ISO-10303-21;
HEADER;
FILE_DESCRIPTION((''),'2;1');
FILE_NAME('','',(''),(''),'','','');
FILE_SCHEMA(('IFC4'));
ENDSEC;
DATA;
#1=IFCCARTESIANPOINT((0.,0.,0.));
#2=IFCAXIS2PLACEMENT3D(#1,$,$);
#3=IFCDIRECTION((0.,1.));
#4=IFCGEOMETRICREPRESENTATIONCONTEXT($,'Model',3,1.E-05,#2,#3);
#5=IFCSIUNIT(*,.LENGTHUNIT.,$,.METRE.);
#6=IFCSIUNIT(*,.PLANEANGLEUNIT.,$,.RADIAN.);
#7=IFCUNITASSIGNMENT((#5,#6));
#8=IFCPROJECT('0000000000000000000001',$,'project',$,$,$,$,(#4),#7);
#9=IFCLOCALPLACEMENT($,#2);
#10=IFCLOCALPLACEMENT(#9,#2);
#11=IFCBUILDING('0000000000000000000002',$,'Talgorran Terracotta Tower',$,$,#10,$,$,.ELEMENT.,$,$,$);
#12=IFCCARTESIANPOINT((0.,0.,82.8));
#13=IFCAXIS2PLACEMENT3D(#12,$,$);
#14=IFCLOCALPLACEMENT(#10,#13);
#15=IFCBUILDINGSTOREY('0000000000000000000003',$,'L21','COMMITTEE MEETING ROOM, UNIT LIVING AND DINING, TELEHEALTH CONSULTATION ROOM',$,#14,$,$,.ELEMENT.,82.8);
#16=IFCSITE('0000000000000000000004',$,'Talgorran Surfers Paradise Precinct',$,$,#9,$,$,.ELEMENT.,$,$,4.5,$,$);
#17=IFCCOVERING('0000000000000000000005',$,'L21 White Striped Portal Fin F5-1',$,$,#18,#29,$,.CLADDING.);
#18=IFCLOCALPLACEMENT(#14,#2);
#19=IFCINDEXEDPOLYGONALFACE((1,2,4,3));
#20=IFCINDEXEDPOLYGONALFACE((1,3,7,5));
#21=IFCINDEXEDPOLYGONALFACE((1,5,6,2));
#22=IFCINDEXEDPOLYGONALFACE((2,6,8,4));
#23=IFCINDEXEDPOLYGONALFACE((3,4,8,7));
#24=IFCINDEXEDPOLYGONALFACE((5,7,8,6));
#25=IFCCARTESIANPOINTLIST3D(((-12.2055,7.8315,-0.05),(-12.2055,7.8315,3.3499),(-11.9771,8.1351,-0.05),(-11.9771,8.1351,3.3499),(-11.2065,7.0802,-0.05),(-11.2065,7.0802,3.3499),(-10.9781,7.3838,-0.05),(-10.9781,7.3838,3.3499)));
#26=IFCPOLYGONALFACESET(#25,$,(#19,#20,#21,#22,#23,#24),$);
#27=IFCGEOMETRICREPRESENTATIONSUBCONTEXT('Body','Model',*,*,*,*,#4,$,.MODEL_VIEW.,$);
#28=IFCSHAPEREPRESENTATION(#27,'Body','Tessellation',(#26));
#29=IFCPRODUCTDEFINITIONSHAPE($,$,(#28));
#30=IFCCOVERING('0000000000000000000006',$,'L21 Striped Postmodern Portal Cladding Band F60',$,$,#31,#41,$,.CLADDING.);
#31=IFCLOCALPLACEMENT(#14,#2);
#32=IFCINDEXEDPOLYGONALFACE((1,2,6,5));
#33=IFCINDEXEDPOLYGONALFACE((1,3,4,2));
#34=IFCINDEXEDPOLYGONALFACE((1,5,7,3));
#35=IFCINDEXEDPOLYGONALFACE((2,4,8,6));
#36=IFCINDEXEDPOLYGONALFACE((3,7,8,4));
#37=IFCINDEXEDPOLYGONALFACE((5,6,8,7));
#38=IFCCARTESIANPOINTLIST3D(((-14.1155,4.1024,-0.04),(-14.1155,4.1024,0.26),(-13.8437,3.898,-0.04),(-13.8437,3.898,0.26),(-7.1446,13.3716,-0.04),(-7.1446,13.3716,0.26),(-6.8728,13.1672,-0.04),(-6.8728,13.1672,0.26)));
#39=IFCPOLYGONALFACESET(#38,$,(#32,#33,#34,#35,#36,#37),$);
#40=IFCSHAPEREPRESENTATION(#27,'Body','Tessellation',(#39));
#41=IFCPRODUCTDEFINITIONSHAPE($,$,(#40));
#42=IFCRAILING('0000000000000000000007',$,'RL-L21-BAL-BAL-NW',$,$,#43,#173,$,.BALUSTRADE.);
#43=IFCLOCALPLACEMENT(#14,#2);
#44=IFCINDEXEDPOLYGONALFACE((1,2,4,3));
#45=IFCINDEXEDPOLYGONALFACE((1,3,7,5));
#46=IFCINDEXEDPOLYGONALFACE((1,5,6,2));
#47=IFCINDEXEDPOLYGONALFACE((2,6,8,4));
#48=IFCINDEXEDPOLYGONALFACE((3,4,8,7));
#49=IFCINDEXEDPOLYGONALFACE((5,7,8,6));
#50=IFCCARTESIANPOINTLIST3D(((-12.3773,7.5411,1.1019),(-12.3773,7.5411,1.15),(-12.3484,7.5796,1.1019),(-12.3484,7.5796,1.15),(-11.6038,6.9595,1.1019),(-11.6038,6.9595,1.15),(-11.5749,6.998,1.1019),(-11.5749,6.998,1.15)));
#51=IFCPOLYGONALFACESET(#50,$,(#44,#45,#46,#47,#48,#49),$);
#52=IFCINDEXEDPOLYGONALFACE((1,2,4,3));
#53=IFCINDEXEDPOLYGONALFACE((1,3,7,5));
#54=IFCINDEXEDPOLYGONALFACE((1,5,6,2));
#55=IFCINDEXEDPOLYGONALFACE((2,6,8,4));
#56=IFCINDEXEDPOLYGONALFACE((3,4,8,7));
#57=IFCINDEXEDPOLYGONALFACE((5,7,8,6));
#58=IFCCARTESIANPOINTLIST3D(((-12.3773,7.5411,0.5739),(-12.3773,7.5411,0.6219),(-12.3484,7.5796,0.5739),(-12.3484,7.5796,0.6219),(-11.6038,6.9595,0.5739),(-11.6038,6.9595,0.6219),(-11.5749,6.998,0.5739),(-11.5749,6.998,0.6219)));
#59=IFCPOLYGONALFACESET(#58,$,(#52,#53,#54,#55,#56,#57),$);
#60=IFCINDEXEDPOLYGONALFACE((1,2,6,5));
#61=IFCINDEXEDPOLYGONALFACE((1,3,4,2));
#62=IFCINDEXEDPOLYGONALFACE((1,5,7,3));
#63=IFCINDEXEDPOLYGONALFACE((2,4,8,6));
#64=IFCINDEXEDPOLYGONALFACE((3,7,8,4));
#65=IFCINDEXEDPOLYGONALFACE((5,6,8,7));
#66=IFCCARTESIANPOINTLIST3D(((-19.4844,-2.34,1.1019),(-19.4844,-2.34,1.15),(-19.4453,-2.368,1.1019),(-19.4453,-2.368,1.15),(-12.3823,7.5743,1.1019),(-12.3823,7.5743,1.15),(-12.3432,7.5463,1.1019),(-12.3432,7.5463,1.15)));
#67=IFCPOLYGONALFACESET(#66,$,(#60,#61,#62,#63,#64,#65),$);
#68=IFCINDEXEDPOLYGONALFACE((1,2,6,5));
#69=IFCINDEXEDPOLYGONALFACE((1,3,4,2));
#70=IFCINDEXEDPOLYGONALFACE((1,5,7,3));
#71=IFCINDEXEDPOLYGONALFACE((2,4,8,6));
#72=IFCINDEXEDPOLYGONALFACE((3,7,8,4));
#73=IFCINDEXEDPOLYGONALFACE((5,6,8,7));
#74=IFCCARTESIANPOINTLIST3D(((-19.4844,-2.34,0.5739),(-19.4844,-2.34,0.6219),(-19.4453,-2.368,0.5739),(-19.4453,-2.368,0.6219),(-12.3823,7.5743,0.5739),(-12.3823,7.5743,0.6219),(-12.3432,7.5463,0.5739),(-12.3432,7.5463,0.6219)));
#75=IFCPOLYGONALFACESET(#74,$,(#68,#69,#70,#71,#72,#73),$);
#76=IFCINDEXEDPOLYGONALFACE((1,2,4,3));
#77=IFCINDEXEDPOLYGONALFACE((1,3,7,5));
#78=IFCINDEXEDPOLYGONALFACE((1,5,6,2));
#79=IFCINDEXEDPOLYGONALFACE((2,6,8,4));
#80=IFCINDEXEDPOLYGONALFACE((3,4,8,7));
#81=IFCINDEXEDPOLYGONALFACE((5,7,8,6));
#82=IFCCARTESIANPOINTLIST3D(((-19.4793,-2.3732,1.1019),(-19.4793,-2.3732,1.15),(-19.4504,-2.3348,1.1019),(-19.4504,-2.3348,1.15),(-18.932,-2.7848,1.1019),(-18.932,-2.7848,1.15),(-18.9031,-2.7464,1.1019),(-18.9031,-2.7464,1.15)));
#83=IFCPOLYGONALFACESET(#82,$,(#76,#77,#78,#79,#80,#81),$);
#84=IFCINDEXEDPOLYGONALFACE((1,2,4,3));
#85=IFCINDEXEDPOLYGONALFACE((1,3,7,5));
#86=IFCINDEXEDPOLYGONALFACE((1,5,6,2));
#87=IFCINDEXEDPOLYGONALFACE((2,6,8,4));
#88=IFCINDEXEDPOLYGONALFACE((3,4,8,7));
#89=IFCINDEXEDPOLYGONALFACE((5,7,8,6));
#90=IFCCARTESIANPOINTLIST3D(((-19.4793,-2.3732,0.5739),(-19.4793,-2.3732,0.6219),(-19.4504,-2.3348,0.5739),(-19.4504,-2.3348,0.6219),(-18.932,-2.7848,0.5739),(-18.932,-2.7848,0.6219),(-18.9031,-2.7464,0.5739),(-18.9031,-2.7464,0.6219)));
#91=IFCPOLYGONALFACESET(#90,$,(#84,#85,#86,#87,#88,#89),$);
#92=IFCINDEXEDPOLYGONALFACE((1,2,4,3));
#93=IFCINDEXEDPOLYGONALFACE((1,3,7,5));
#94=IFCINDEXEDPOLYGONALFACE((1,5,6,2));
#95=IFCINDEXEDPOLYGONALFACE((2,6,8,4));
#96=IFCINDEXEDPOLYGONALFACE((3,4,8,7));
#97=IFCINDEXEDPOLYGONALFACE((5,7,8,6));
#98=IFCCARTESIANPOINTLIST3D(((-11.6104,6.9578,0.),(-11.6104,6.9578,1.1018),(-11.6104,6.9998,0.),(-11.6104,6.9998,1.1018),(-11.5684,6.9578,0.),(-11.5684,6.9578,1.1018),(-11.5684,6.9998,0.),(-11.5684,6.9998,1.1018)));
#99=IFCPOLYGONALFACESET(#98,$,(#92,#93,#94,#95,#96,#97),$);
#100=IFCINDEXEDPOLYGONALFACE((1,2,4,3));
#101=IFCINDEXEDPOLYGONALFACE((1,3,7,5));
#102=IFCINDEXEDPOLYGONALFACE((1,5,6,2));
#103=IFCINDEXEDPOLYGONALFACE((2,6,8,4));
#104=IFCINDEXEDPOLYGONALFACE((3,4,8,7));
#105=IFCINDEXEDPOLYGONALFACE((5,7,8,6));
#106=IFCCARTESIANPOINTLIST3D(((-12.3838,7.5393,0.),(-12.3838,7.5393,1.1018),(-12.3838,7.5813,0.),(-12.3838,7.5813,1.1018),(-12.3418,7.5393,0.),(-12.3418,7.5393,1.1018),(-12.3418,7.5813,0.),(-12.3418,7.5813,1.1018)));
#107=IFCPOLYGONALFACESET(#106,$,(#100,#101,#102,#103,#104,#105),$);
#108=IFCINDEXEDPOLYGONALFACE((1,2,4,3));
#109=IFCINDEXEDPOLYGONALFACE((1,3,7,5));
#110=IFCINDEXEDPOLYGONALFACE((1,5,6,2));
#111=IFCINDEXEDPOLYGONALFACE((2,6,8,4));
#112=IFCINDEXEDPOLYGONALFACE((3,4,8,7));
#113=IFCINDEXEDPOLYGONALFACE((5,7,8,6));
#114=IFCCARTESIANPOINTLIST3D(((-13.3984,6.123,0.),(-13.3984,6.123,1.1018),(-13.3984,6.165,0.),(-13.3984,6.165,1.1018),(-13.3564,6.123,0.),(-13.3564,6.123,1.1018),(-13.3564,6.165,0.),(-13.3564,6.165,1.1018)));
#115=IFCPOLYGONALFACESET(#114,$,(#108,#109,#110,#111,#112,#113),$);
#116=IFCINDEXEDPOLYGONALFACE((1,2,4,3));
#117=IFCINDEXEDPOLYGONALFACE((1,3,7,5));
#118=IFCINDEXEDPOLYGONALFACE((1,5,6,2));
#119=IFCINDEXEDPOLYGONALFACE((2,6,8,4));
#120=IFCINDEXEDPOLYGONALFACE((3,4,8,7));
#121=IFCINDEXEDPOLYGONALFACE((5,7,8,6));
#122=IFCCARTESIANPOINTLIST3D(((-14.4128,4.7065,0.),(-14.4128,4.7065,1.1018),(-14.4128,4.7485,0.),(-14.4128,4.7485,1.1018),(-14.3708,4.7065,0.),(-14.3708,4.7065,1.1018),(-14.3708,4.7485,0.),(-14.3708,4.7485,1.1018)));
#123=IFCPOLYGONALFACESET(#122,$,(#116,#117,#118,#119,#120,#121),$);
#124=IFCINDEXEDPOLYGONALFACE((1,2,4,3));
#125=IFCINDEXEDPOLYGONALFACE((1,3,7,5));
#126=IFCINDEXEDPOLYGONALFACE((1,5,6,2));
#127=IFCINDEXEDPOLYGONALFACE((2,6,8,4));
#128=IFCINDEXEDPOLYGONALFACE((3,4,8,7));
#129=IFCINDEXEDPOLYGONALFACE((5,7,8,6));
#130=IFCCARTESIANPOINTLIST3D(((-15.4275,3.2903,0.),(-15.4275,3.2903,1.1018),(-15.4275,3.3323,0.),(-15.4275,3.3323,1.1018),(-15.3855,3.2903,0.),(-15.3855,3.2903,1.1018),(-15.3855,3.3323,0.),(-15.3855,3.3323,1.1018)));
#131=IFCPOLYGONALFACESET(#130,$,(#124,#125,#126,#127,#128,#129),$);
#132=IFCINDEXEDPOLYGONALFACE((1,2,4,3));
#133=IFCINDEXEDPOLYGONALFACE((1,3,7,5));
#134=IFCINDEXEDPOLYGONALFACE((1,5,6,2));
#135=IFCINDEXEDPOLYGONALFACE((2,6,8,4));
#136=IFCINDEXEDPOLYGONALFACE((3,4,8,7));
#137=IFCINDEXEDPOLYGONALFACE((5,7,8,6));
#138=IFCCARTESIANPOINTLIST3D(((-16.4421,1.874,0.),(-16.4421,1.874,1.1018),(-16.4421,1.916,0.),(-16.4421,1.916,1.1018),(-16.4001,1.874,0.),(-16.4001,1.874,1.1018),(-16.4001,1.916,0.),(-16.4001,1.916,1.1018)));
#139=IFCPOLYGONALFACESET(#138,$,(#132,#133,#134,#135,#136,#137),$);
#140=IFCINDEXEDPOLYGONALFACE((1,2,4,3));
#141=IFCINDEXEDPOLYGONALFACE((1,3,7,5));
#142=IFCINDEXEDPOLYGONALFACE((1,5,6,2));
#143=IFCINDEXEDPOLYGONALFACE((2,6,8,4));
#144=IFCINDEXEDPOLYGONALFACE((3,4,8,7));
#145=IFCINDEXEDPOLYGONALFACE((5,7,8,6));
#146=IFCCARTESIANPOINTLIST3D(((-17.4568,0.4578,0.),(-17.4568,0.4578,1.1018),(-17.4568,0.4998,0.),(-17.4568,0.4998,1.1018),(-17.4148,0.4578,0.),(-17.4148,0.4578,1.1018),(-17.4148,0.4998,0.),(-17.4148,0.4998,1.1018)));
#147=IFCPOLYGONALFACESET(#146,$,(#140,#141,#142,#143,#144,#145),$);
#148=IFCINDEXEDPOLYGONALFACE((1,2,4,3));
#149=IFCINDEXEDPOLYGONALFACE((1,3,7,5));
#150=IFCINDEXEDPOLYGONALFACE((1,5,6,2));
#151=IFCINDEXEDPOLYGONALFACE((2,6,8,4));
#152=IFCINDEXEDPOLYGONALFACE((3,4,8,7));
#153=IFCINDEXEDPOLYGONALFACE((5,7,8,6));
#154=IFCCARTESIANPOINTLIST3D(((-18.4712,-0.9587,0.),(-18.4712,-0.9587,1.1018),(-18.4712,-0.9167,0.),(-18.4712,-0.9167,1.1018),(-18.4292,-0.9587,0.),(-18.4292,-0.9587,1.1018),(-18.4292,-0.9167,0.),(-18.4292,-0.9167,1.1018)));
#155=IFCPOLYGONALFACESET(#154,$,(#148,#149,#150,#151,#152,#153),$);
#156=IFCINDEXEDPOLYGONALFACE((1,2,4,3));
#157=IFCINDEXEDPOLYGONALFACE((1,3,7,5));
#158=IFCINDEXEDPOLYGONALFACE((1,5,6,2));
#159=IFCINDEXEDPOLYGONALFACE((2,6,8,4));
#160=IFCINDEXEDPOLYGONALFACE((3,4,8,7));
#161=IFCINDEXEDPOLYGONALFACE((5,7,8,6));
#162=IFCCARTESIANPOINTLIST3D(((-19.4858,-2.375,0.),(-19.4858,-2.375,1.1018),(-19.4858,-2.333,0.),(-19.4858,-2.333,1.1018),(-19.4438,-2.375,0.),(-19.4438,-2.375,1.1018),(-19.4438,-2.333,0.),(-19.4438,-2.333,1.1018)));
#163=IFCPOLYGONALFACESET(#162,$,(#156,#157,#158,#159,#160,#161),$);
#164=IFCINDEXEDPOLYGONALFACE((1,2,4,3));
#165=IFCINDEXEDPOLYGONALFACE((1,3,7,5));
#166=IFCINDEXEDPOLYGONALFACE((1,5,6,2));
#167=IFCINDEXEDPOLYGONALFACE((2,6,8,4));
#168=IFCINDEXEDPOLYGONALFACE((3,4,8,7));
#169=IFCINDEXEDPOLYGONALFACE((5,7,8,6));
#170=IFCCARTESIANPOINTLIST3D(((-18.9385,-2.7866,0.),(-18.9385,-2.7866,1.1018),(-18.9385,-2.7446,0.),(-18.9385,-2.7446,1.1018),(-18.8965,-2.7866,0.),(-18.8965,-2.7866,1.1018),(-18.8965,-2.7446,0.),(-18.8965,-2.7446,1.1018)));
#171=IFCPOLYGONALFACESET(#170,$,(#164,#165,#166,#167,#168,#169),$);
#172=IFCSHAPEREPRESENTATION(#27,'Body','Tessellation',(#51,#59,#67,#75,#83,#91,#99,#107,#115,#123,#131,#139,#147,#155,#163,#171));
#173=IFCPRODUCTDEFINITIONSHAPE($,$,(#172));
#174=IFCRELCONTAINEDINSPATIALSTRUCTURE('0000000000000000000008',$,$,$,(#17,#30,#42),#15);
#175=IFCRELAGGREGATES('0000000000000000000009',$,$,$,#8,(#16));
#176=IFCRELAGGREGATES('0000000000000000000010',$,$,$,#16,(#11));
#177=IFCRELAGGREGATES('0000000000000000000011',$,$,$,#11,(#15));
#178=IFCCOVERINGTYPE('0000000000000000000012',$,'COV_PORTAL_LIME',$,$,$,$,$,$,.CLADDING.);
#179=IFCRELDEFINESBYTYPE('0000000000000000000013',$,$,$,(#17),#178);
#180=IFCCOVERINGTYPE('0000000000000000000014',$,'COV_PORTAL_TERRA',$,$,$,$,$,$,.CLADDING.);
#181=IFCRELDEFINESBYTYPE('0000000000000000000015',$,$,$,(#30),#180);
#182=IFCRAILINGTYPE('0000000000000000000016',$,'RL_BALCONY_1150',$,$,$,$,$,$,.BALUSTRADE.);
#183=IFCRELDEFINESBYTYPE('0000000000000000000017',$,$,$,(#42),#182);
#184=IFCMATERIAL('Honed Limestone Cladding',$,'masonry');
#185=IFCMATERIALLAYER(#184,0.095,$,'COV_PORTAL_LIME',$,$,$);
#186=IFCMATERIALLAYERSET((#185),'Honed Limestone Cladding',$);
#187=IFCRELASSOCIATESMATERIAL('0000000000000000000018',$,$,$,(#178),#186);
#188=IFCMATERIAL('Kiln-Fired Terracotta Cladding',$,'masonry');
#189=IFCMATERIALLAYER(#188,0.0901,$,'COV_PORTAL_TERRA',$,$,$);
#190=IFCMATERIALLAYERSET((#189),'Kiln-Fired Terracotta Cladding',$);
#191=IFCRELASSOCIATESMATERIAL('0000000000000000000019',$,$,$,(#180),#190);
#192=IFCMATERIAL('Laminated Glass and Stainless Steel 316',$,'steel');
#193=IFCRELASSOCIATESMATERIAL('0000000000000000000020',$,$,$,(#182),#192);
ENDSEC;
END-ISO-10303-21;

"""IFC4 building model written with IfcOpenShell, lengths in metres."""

from ifc_helpers import new_model, si_unit, direction, frame, origin, origin_2d, place, context, subcontext, project, spatial, rectangle, extrude, material, layer, layer_set, type_object, element, save


model = new_model("IFC4")

# Units and contexts
model_context = context("Model", 3, precision=1e-05, world=origin(), true_north=direction((0.0, 1.0)))
body_context = subcontext(model_context, "Body", "Model", "MODEL_VIEW")
ifc_project = project(units=[si_unit("LENGTHUNIT", "METRE"), si_unit("PLANEANGLEUNIT", "RADIAN")], contexts=[model_context])

# Site, building, storey
site_placement = place(None, origin())
site = spatial("IfcSite", under=ifc_project, at=site_placement, Name="Talgorran Surfers Paradise Precinct", CompositionType="ELEMENT", RefElevation=4.5)
building_placement = place(site_placement, origin())
building = spatial("IfcBuilding", under=site, at=building_placement, Name="Talgorran Terracotta Tower", CompositionType="ELEMENT")
storey_placement = place(building_placement, frame((0.0, 0.0, 82.8)))
storey = spatial("IfcBuildingStorey", under=building, at=storey_placement, Name="L21", Description="COMMITTEE MEETING ROOM, UNIT LIVING AND DINING, TELEHEALTH CONSULTATION ROOM", CompositionType="ELEMENT", Elevation=82.8)

# Coverings
ifc_material_1 = material(Name="Honed Limestone Cladding", Category="masonry")
ifc_layer_1 = layer(ifc_material_1, 0.095, Name="COV_PORTAL_LIME")
ifc_layer_set_1 = layer_set([ifc_layer_1], Name="Honed Limestone Cladding")
covering_type_1 = type_object("IfcCoveringType", Name="COV_PORTAL_LIME", PredefinedType="CLADDING", material=ifc_layer_set_1)
covering_1_placement = place(storey_placement, frame((-11.5918, 7.6077, -0.05), z_axis=(0.0, 0.0, 1.0), x_axis=(-0.601048, -0.799213, 0.0)))
element("IfcCovering", 1, at=covering_1_placement, inside=storey, type_object=covering_type_1, Name="L21 White Striped Portal Fin F5-1", PredefinedType="CLADDING", context=body_context, shape_type="SweptSolid", body=[
    extrude(rectangle(XDim=0.3799, YDim=1.25, at=origin_2d()), origin(), (0.0, 0.0, 1.0), 3.3999),
])
ifc_material_2 = material(Name="Kiln-Fired Terracotta Cladding", Category="masonry")
ifc_layer_2 = layer(ifc_material_2, 0.0901, Name="COV_PORTAL_TERRA")
ifc_layer_set_2 = layer_set([ifc_layer_2], Name="Kiln-Fired Terracotta Cladding")
covering_type_2 = type_object("IfcCoveringType", Name="COV_PORTAL_TERRA", PredefinedType="CLADDING", material=ifc_layer_set_2)
covering_2_placement = place(storey_placement, frame((-10.4941, 8.6348, -0.04), z_axis=(0.0, 0.0, 1.0), x_axis=(-0.601048, -0.799213, 0.0)))
element("IfcCovering", 2, at=covering_2_placement, inside=storey, type_object=covering_type_2, Name="L21 Striped Postmodern Portal Cladding Band F60", PredefinedType="CLADDING", context=body_context, shape_type="SweptSolid", body=[
    extrude(rectangle(XDim=11.5979, YDim=0.3401, at=origin_2d()), origin(), (0.0, 0.0, 1.0), 0.3),
])

# Railing
ifc_material_3 = material(Name="Laminated Glass and Stainless Steel 316", Category="steel")
railing_type = type_object("IfcRailingType", Name="RL_BALCONY_1150", PredefinedType="BALUSTRADE", material=ifc_material_3)
railing_placement = place(storey_placement, frame((-11.5894, 6.9788, 0.0)))
element("IfcRailing", 3, at=railing_placement, inside=storey, type_object=railing_type, Name="RL-L21-BAL-BAL-NW", PredefinedType="BALUSTRADE", context=body_context, shape_type="SweptSolid", body=[
    extrude(rectangle(XDim=0.0481, YDim=0.0481, at=origin_2d()), frame((0.0, 0.0, 1.126), z_axis=(-0.799273, 0.600968, 0.0), x_axis=(-0.600968, -0.799273, 0.0)), (0.0, 0.0, 1.0), 0.9678),
    extrude(rectangle(XDim=0.0481, YDim=0.0481, at=origin_2d()), frame((0.0, 0.0, 0.5979), z_axis=(-0.799273, 0.600968, 0.0), x_axis=(-0.600968, -0.799273, 0.0)), (0.0, 0.0, 1.0), 0.9678),
    extrude(rectangle(XDim=0.0481, YDim=0.0481, at=origin_2d()), frame((-0.7734, 0.5815, 1.126), z_axis=(-0.582345, -0.812941, 0.0), x_axis=(0.812941, -0.582345, 0.0)), (0.0, 0.0, 1.0), 12.1956),
    extrude(rectangle(XDim=0.0481, YDim=0.0481, at=origin_2d()), frame((-0.7734, 0.5815, 0.5979), z_axis=(-0.582345, -0.812941, 0.0), x_axis=(0.812941, -0.582345, 0.0)), (0.0, 0.0, 1.0), 12.1956),
    extrude(rectangle(XDim=0.0481, YDim=0.0481, at=origin_2d()), frame((-7.8755, -9.3328, 1.126), z_axis=(0.799229, -0.601026, 0.0), x_axis=(0.601026, 0.799229, 0.0)), (0.0, 0.0, 1.0), 0.6848),
    extrude(rectangle(XDim=0.0481, YDim=0.0481, at=origin_2d()), frame((-7.8755, -9.3328, 0.5979), z_axis=(0.799229, -0.601026, 0.0), x_axis=(0.601026, 0.799229, 0.0)), (0.0, 0.0, 1.0), 0.6848),
    extrude(rectangle(XDim=0.042, YDim=0.042, at=origin_2d()), origin(), (0.0, 0.0, 1.0), 1.1018),
    extrude(rectangle(XDim=0.042, YDim=0.042, at=origin_2d()), frame((-0.7734, 0.5815, 0.0)), (0.0, 0.0, 1.0), 1.1018),
    extrude(rectangle(XDim=0.042, YDim=0.042, at=origin_2d()), frame((-1.7881, -0.8347, 0.0)), (0.0, 0.0, 1.0), 1.1018),
    extrude(rectangle(XDim=0.042, YDim=0.042, at=origin_2d()), frame((-2.8025, -2.2512, 0.0)), (0.0, 0.0, 1.0), 1.1018),
    extrude(rectangle(XDim=0.042, YDim=0.042, at=origin_2d()), frame((-3.8171, -3.6675, 0.0)), (0.0, 0.0, 1.0), 1.1018),
    extrude(rectangle(XDim=0.042, YDim=0.042, at=origin_2d()), frame((-4.8318, -5.0837, 0.0)), (0.0, 0.0, 1.0), 1.1018),
    extrude(rectangle(XDim=0.042, YDim=0.042, at=origin_2d()), frame((-5.8464, -6.5, 0.0)), (0.0, 0.0, 1.0), 1.1018),
    extrude(rectangle(XDim=0.042, YDim=0.042, at=origin_2d()), frame((-6.8608, -7.9165, 0.0)), (0.0, 0.0, 1.0), 1.1018),
    extrude(rectangle(XDim=0.042, YDim=0.042, at=origin_2d()), frame((-7.8755, -9.3328, 0.0)), (0.0, 0.0, 1.0), 1.1018),
    extrude(rectangle(XDim=0.042, YDim=0.042, at=origin_2d()), frame((-7.3281, -9.7444, 0.0)), (0.0, 0.0, 1.0), 1.1018),
])

save(model, "model.ifc")
